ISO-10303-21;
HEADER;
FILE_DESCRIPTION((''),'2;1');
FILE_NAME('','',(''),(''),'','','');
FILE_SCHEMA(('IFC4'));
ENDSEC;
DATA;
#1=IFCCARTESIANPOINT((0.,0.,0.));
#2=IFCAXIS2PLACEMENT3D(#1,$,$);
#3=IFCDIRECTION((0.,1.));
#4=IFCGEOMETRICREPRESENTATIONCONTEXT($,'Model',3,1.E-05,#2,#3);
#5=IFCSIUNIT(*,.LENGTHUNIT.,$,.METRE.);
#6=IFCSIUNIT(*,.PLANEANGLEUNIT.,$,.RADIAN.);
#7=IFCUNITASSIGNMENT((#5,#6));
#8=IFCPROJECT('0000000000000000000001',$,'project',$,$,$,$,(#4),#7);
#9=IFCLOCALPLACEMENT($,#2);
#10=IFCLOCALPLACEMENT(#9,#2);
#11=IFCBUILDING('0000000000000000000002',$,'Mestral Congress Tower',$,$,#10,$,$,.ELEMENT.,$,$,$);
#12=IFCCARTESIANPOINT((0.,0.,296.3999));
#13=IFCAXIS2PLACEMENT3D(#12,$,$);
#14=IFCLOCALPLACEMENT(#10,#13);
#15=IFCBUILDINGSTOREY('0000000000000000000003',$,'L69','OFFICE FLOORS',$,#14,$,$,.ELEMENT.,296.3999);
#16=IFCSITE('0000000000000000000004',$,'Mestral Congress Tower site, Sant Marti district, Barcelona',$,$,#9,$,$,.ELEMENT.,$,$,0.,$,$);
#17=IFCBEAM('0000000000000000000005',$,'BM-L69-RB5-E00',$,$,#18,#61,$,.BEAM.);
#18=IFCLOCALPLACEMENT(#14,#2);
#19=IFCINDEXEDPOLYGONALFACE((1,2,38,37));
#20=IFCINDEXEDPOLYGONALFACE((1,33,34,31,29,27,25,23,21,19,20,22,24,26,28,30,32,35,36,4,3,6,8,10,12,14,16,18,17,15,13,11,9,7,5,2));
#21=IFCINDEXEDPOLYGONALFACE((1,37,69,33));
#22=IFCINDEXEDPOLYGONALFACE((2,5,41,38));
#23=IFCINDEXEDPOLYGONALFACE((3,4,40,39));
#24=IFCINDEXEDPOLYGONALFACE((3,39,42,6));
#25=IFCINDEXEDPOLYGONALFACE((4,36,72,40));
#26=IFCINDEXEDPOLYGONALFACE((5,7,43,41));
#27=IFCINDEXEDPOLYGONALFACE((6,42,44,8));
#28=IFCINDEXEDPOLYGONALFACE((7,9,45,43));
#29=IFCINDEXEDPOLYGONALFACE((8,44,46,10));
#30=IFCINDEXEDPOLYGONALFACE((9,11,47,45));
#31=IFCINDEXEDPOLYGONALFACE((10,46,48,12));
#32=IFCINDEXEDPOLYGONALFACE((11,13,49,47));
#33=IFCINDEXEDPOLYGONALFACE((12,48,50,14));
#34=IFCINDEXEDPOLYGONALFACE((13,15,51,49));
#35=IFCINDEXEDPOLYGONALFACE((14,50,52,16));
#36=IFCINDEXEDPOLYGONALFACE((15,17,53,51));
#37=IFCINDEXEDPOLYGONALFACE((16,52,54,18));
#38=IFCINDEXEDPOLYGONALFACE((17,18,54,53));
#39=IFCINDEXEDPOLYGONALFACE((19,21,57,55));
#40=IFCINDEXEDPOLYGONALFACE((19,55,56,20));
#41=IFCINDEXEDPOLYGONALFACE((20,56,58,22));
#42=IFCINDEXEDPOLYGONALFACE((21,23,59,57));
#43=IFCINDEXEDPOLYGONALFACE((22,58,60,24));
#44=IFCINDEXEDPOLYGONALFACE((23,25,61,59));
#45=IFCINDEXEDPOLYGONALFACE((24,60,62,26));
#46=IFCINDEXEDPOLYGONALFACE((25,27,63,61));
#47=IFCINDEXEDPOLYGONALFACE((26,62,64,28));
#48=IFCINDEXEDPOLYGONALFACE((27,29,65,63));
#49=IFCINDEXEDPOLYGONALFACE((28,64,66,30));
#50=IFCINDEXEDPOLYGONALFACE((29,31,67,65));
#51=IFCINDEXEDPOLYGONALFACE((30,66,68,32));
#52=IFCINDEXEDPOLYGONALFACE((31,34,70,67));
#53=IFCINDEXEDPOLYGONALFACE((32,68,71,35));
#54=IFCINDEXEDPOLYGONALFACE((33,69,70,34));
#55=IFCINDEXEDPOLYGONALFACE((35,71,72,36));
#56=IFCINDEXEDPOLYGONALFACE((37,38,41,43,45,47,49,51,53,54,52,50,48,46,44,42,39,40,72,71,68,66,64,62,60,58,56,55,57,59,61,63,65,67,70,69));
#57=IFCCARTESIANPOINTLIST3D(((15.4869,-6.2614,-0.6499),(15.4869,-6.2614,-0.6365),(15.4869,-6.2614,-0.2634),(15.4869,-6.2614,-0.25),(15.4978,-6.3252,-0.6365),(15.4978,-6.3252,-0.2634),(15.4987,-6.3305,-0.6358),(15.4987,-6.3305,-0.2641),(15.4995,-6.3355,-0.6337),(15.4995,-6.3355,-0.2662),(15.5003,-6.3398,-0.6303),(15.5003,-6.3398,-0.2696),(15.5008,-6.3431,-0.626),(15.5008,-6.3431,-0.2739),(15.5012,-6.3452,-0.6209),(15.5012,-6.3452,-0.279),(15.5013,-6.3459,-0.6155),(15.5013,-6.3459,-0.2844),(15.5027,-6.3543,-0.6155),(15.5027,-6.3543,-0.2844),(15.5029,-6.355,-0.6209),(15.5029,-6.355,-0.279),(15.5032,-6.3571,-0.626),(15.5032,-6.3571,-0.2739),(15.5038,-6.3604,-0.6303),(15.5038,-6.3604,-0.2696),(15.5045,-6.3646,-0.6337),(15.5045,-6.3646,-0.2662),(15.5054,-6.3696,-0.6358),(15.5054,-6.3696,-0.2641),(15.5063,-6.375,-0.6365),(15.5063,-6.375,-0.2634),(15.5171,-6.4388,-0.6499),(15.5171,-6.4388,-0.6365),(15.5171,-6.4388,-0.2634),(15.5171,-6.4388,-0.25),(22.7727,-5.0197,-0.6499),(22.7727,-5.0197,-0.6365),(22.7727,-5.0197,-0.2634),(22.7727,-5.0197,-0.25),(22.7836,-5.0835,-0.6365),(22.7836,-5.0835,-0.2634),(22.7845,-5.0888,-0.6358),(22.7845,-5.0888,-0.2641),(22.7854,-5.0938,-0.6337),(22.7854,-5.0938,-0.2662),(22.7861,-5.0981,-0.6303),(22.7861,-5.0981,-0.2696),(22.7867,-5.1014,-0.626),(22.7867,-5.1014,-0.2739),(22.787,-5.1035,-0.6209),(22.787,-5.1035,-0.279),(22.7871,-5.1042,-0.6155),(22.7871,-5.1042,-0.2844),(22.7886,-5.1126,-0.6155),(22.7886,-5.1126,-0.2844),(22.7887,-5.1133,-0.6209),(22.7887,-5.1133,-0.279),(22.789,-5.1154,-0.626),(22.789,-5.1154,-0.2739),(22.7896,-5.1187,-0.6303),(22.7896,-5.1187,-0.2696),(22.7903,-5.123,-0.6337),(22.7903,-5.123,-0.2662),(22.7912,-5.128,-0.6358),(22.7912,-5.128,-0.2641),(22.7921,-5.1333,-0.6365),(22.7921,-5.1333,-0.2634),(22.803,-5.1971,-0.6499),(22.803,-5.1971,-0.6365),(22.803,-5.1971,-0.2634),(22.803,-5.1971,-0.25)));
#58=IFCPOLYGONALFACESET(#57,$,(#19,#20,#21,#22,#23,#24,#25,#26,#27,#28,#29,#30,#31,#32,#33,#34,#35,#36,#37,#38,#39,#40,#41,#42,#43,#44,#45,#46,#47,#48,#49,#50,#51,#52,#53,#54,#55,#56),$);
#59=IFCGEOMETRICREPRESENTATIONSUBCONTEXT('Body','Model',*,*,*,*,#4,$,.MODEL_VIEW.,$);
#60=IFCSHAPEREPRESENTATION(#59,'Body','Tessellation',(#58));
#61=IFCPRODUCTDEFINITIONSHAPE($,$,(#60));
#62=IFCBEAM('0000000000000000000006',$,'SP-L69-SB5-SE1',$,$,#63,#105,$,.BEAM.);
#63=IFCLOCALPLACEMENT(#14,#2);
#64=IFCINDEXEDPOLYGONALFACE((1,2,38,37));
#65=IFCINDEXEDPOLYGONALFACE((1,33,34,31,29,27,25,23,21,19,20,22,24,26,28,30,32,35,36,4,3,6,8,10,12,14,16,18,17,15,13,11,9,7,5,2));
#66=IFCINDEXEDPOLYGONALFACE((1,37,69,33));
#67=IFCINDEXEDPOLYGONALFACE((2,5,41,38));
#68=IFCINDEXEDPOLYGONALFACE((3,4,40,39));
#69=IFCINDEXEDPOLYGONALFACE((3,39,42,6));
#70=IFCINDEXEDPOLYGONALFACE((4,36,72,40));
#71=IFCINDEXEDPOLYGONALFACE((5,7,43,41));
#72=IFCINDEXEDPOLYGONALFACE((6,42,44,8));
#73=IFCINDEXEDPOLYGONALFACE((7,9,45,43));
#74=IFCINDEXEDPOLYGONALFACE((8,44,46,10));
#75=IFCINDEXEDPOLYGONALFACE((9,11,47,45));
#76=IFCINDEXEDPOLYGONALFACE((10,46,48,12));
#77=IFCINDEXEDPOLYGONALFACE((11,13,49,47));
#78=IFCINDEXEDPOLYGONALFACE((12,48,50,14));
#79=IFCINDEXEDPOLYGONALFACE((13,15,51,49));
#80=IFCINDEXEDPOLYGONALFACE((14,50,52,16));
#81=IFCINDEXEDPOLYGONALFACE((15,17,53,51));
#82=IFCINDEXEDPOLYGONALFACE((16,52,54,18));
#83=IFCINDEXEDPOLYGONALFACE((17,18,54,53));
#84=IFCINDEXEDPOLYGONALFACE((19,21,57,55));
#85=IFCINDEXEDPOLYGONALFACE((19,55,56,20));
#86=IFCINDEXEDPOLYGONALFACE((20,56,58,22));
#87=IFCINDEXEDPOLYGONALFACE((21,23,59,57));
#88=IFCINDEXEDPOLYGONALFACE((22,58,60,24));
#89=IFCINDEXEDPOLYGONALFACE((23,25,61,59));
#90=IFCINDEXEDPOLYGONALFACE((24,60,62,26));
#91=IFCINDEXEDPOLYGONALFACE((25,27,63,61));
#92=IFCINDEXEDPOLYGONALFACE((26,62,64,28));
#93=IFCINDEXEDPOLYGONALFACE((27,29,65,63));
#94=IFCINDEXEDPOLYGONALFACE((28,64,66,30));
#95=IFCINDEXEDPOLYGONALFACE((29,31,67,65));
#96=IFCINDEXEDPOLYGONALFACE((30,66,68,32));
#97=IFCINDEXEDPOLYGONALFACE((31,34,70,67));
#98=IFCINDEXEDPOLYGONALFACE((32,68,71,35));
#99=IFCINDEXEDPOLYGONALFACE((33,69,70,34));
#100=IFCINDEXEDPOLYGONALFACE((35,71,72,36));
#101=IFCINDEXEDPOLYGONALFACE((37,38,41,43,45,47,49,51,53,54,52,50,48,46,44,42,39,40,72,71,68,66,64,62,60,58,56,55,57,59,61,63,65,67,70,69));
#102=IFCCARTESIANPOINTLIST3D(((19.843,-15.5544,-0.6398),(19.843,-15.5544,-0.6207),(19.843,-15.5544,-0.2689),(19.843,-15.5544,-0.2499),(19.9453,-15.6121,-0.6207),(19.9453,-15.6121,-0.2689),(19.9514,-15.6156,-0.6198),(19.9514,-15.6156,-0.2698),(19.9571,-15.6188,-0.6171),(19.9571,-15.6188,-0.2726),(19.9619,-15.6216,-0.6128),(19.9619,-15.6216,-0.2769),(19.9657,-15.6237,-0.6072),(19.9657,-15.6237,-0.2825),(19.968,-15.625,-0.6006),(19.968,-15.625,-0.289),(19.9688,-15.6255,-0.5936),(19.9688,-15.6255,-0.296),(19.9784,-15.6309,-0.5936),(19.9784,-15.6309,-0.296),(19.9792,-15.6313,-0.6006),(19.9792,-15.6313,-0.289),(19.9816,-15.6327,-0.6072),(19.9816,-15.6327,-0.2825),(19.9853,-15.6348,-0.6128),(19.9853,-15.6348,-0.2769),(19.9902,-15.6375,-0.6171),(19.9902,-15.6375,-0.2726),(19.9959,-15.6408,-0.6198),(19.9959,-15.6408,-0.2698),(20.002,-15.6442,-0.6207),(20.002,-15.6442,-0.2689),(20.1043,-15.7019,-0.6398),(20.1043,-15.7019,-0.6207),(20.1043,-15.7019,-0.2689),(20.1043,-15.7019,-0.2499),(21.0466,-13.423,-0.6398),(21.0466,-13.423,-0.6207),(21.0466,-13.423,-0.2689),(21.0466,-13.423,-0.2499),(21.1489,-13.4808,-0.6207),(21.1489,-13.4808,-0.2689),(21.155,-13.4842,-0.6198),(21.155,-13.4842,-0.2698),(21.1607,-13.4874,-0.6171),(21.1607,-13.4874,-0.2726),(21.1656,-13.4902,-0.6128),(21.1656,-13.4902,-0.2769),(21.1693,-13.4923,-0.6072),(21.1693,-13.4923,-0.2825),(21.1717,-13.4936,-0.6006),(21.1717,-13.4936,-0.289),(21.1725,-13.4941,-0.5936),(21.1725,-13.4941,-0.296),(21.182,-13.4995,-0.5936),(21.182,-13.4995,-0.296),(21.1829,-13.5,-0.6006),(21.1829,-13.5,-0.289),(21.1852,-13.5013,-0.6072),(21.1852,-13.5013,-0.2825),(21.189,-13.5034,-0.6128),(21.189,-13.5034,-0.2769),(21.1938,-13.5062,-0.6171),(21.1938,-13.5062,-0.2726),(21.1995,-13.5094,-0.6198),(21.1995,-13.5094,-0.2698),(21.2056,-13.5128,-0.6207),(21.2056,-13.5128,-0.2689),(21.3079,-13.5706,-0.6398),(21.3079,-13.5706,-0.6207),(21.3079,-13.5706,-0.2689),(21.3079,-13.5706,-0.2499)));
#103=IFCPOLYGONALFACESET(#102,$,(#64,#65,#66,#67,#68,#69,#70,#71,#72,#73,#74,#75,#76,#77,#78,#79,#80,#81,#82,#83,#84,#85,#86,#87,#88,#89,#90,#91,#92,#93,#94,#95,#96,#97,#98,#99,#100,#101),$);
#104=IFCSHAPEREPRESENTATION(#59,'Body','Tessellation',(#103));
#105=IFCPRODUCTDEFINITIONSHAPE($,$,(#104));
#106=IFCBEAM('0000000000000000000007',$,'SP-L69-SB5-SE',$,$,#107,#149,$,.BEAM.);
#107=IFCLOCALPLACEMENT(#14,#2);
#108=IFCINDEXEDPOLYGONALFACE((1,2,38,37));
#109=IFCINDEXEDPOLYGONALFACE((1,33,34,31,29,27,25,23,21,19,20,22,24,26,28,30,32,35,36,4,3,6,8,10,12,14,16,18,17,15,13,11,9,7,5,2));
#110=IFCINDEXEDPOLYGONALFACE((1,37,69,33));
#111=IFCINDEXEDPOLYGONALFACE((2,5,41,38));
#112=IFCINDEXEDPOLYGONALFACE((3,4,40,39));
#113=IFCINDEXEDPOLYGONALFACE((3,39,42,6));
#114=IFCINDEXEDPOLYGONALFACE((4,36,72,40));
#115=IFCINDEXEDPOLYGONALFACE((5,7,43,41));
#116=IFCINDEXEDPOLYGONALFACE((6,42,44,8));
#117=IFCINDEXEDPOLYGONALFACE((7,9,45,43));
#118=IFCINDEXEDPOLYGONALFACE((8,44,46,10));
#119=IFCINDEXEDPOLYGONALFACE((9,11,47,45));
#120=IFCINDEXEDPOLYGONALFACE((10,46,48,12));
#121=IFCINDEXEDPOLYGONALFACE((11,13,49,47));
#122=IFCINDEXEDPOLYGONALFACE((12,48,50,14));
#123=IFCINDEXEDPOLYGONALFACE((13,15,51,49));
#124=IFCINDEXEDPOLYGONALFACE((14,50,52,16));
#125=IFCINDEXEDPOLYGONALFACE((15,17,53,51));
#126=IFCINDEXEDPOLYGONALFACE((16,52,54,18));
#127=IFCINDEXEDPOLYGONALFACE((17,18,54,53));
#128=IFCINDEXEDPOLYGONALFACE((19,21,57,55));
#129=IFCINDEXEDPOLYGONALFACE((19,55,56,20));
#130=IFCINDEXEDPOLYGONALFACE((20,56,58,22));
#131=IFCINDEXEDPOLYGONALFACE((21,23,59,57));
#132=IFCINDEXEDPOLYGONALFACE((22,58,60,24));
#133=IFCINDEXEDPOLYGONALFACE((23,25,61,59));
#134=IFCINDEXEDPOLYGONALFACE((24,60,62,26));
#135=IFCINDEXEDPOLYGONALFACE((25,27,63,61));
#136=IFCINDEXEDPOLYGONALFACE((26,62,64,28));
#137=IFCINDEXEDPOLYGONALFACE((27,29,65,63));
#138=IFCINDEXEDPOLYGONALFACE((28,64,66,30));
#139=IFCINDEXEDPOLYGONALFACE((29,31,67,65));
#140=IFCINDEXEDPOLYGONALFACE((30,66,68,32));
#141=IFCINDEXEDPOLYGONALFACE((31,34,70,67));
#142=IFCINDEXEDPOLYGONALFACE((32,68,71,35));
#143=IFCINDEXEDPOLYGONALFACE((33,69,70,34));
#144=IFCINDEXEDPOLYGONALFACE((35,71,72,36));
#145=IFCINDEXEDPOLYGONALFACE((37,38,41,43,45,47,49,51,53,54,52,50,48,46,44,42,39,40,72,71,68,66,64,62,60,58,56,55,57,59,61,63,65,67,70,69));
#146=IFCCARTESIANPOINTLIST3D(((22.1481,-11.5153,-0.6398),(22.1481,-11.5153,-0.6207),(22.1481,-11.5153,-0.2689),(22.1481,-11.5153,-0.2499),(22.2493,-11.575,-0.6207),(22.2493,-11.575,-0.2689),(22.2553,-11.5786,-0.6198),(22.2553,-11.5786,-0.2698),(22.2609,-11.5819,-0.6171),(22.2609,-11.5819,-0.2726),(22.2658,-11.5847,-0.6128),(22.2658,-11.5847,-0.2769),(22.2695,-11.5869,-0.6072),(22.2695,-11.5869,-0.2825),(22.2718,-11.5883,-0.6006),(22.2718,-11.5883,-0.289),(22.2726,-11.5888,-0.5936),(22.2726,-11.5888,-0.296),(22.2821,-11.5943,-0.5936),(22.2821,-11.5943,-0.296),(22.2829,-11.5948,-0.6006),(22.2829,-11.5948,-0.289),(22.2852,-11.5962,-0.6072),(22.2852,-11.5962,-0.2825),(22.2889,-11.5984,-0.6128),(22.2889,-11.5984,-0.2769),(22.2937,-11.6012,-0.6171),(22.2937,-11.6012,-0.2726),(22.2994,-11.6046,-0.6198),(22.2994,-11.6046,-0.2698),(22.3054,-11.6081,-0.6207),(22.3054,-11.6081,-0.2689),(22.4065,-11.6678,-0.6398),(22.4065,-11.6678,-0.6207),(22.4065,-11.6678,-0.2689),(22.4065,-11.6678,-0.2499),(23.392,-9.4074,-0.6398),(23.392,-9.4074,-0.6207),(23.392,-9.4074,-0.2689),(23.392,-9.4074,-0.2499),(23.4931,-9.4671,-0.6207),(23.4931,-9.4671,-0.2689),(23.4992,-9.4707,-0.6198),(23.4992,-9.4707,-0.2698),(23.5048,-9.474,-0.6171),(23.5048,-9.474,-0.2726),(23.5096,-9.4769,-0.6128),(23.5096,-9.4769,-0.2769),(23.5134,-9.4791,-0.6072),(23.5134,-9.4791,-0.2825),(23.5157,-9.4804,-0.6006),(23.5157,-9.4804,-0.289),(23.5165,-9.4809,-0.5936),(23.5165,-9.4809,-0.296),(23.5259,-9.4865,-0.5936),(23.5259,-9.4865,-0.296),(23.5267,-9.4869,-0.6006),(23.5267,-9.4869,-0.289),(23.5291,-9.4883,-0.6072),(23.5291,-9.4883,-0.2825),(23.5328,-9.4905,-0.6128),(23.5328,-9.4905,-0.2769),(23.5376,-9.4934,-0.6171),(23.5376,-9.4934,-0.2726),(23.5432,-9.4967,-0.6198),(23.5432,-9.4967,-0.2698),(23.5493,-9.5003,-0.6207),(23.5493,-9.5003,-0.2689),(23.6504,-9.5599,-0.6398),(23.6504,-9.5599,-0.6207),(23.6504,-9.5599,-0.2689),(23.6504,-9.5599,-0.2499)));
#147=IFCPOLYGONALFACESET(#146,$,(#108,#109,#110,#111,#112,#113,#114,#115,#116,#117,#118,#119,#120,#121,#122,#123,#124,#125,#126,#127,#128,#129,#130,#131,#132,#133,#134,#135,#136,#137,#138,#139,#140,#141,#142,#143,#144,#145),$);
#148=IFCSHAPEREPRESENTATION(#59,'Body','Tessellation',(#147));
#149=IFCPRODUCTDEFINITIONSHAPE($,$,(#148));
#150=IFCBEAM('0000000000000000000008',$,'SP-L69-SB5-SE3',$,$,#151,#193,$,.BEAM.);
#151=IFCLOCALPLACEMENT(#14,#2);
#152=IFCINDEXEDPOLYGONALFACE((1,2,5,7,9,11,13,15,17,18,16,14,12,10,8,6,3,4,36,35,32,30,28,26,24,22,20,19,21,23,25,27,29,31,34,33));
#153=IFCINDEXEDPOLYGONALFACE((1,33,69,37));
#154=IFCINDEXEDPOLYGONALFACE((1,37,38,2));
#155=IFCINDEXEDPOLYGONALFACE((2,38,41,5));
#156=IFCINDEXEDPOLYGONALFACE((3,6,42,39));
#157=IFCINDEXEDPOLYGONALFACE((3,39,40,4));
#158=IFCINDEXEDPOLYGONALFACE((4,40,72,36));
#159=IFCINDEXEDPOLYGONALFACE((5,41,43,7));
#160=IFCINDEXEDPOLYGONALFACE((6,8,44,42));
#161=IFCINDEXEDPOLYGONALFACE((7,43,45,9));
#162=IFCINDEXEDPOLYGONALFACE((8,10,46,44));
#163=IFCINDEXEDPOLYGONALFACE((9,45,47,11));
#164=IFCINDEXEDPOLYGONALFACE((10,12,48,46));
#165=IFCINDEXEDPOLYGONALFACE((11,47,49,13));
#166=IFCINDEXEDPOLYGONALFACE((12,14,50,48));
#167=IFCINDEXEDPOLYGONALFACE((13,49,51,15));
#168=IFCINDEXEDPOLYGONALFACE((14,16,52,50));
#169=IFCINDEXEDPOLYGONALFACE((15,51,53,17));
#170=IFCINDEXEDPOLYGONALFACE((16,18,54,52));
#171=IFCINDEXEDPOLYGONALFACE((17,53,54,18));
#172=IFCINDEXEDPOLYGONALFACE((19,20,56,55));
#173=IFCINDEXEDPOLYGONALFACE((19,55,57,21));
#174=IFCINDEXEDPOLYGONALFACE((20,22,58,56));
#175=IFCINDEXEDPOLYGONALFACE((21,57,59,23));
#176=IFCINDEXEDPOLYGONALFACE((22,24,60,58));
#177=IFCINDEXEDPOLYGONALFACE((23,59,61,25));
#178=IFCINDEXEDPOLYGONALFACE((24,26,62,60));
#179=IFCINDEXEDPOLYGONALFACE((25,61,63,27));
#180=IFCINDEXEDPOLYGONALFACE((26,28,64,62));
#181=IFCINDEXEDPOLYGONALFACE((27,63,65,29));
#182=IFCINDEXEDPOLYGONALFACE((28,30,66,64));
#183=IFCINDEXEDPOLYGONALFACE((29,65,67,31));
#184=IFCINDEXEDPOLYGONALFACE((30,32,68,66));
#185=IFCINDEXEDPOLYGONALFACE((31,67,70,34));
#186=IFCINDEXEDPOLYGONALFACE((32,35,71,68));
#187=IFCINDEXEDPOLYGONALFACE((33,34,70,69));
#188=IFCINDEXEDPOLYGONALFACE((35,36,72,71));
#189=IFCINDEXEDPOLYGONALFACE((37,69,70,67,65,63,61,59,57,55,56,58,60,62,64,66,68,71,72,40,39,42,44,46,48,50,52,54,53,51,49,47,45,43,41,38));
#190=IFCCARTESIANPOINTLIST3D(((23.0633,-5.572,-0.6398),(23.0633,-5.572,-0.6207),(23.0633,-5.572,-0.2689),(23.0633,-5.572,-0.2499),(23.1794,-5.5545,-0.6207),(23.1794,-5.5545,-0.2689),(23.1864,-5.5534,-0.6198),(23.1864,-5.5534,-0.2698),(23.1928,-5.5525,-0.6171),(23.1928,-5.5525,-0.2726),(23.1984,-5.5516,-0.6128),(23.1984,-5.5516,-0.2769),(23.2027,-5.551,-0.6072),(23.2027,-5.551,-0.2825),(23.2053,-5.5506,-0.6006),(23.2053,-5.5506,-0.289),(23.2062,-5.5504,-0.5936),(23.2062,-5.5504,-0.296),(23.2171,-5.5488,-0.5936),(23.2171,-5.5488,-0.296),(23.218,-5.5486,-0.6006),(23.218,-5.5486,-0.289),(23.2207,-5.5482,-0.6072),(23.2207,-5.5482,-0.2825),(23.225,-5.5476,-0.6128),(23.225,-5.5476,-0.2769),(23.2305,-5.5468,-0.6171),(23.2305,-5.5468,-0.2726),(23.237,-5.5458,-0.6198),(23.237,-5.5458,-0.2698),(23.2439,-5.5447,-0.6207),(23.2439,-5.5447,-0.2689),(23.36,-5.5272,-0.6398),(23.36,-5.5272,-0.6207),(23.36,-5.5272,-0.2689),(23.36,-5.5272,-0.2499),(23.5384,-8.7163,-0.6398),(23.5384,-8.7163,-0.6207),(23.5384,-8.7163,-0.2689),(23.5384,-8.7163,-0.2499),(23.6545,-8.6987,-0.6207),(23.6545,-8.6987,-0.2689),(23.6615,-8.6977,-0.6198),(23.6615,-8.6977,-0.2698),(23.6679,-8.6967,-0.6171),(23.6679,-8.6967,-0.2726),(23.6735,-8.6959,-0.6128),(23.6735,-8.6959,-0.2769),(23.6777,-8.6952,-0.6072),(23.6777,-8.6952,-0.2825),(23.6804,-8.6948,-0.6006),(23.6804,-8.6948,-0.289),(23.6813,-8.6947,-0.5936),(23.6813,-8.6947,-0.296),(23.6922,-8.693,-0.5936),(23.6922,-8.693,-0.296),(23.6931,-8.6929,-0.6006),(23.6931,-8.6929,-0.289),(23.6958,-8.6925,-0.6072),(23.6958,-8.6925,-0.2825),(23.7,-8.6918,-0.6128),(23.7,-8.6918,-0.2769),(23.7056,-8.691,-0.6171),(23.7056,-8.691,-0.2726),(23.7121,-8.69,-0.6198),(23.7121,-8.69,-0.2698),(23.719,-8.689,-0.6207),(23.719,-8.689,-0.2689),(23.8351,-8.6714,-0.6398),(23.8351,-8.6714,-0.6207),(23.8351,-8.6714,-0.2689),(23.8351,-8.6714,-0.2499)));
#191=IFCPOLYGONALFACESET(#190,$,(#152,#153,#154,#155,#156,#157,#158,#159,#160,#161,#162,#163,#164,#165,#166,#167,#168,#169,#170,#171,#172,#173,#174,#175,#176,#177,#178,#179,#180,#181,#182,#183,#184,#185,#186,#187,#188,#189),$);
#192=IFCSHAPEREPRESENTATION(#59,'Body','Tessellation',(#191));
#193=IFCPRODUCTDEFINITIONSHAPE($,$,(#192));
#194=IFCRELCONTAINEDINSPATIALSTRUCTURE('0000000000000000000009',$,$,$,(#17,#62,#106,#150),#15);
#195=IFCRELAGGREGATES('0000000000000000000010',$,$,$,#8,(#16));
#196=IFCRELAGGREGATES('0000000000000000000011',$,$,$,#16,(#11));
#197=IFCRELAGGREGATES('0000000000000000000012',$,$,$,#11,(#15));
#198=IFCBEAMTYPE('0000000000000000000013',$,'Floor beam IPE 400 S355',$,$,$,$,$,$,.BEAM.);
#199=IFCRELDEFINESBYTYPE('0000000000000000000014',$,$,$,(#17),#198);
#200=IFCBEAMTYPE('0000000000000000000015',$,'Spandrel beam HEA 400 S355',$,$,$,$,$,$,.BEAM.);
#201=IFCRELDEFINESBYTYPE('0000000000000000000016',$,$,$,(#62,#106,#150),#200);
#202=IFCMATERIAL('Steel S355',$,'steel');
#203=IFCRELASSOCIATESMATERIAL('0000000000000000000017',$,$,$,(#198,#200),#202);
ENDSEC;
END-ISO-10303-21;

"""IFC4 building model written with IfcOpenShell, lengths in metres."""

from ifc_helpers import new_model, si_unit, direction, frame, origin, origin_2d, place, context, subcontext, project, spatial, i_section, extrude, material, material_profile, profile_set, type_object, element, save


model = new_model("IFC4")

# Units and contexts
model_context = context("Model", 3, precision=1e-05, world=origin(), true_north=direction((0.0, 1.0)))
body_context = subcontext(model_context, "Body", "Model", "MODEL_VIEW")
ifc_project = project(units=[si_unit("LENGTHUNIT", "METRE"), si_unit("PLANEANGLEUNIT", "RADIAN")], contexts=[model_context])

# Site, building, storey
site_placement = place(None, origin())
site = spatial("IfcSite", under=ifc_project, at=site_placement, Name="Mestral Congress Tower site, Sant Marti district, Barcelona", CompositionType="ELEMENT", RefElevation=0.0)
building_placement = place(site_placement, origin())
building = spatial("IfcBuilding", under=site, at=building_placement, Name="Mestral Congress Tower", CompositionType="ELEMENT")
storey_placement = place(building_placement, frame((0.0, 0.0, 296.3999)))
storey = spatial("IfcBuildingStorey", under=building, at=storey_placement, Name="L69", Description="OFFICE FLOORS", CompositionType="ELEMENT", Elevation=296.3999)

# Beams
ifc_material_1 = material(Name="Steel S355", Category="steel")
ifc_material_profile_1 = material_profile(ifc_material_1, i_section(OverallWidth=0.1799, OverallDepth=0.3999, WebThickness=0.0085, FlangeThickness=0.0134, FilletRadius=0.021, at=origin_2d()), Name="IPE 400")
ifc_profile_set_1 = profile_set([ifc_material_profile_1], Name="Steel S355")
beam_type_1 = type_object("IfcBeamType", Name="Floor beam IPE 400 S355", PredefinedType="BEAM", material=ifc_profile_set_1)
beam_1_placement = place(storey_placement, frame((22.7878, -5.1084, -0.45), z_axis=(-0.985787, -0.168003, 0.0), x_axis=(0.168003, -0.985787, 0.0)))
element("IfcBeam", 1, at=beam_1_placement, inside=storey, type_object=beam_type_1, Name="BM-L69-RB5-E00", PredefinedType="BEAM", context=body_context, shape_type="SweptSolid", body=[
    extrude(i_section(OverallWidth=0.1799, OverallDepth=0.3999, WebThickness=0.0085, FlangeThickness=0.0134, FilletRadius=0.021, at=origin_2d()), origin(), (0.0, 0.0, 1.0), 7.3909),
])
ifc_material_profile_2 = material_profile(ifc_material_1, i_section(OverallWidth=0.3, OverallDepth=0.3899, WebThickness=0.011, FlangeThickness=0.019, FilletRadius=0.0271, at=origin_2d()), Name="HEA 400")
ifc_profile_set_2 = profile_set([ifc_material_profile_2], Name="Steel S355")
beam_type_2 = type_object("IfcBeamType", Name="Spandrel beam HEA 400 S355", PredefinedType="BEAM", material=ifc_profile_set_2)
beam_2_placement = place(storey_placement, frame((19.9736, -15.6282, -0.4448), z_axis=(0.491729, 0.870749, 0.0), x_axis=(-0.870749, 0.491729, 0.0)))
element("IfcBeam", 2, at=beam_2_placement, inside=storey, type_object=beam_type_2, Name="SP-L69-SB5-SE1", PredefinedType="BEAM", context=body_context, shape_type="SweptSolid", body=[
    extrude(i_section(OverallWidth=0.3, OverallDepth=0.3899, WebThickness=0.011, FlangeThickness=0.019, FilletRadius=0.0271, at=origin_2d()), origin(), (0.0, 0.0, 1.0), 2.4478),
])
beam_3_placement = place(storey_placement, frame((22.2773, -11.5916, -0.4448), z_axis=(0.508218, 0.861228, 0.0), x_axis=(-0.861228, 0.508218, 0.0)))
element("IfcBeam", 3, at=beam_3_placement, inside=storey, type_object=beam_type_2, Name="SP-L69-SB5-SE", PredefinedType="BEAM", context=body_context, shape_type="SweptSolid", body=[
    extrude(i_section(OverallWidth=0.3, OverallDepth=0.3899, WebThickness=0.011, FlangeThickness=0.019, FilletRadius=0.0271, at=origin_2d()), origin(), (0.0, 0.0, 1.0), 2.4475),
])
beam_4_placement = place(storey_placement, frame((23.6868, -8.6938, -0.4448), z_axis=(-0.149403, 0.988776, 0.0), x_axis=(-0.988776, -0.149403, 0.0)))
element("IfcBeam", 4, at=beam_4_placement, inside=storey, type_object=beam_type_2, Name="SP-L69-SB5-SE3", PredefinedType="BEAM", context=body_context, shape_type="SweptSolid", body=[
    extrude(i_section(OverallWidth=0.3, OverallDepth=0.3899, WebThickness=0.011, FlangeThickness=0.019, FilletRadius=0.0271, at=origin_2d()), origin(), (0.0, 0.0, 1.0), 3.1799),
])

save(model, "model.ifc")
